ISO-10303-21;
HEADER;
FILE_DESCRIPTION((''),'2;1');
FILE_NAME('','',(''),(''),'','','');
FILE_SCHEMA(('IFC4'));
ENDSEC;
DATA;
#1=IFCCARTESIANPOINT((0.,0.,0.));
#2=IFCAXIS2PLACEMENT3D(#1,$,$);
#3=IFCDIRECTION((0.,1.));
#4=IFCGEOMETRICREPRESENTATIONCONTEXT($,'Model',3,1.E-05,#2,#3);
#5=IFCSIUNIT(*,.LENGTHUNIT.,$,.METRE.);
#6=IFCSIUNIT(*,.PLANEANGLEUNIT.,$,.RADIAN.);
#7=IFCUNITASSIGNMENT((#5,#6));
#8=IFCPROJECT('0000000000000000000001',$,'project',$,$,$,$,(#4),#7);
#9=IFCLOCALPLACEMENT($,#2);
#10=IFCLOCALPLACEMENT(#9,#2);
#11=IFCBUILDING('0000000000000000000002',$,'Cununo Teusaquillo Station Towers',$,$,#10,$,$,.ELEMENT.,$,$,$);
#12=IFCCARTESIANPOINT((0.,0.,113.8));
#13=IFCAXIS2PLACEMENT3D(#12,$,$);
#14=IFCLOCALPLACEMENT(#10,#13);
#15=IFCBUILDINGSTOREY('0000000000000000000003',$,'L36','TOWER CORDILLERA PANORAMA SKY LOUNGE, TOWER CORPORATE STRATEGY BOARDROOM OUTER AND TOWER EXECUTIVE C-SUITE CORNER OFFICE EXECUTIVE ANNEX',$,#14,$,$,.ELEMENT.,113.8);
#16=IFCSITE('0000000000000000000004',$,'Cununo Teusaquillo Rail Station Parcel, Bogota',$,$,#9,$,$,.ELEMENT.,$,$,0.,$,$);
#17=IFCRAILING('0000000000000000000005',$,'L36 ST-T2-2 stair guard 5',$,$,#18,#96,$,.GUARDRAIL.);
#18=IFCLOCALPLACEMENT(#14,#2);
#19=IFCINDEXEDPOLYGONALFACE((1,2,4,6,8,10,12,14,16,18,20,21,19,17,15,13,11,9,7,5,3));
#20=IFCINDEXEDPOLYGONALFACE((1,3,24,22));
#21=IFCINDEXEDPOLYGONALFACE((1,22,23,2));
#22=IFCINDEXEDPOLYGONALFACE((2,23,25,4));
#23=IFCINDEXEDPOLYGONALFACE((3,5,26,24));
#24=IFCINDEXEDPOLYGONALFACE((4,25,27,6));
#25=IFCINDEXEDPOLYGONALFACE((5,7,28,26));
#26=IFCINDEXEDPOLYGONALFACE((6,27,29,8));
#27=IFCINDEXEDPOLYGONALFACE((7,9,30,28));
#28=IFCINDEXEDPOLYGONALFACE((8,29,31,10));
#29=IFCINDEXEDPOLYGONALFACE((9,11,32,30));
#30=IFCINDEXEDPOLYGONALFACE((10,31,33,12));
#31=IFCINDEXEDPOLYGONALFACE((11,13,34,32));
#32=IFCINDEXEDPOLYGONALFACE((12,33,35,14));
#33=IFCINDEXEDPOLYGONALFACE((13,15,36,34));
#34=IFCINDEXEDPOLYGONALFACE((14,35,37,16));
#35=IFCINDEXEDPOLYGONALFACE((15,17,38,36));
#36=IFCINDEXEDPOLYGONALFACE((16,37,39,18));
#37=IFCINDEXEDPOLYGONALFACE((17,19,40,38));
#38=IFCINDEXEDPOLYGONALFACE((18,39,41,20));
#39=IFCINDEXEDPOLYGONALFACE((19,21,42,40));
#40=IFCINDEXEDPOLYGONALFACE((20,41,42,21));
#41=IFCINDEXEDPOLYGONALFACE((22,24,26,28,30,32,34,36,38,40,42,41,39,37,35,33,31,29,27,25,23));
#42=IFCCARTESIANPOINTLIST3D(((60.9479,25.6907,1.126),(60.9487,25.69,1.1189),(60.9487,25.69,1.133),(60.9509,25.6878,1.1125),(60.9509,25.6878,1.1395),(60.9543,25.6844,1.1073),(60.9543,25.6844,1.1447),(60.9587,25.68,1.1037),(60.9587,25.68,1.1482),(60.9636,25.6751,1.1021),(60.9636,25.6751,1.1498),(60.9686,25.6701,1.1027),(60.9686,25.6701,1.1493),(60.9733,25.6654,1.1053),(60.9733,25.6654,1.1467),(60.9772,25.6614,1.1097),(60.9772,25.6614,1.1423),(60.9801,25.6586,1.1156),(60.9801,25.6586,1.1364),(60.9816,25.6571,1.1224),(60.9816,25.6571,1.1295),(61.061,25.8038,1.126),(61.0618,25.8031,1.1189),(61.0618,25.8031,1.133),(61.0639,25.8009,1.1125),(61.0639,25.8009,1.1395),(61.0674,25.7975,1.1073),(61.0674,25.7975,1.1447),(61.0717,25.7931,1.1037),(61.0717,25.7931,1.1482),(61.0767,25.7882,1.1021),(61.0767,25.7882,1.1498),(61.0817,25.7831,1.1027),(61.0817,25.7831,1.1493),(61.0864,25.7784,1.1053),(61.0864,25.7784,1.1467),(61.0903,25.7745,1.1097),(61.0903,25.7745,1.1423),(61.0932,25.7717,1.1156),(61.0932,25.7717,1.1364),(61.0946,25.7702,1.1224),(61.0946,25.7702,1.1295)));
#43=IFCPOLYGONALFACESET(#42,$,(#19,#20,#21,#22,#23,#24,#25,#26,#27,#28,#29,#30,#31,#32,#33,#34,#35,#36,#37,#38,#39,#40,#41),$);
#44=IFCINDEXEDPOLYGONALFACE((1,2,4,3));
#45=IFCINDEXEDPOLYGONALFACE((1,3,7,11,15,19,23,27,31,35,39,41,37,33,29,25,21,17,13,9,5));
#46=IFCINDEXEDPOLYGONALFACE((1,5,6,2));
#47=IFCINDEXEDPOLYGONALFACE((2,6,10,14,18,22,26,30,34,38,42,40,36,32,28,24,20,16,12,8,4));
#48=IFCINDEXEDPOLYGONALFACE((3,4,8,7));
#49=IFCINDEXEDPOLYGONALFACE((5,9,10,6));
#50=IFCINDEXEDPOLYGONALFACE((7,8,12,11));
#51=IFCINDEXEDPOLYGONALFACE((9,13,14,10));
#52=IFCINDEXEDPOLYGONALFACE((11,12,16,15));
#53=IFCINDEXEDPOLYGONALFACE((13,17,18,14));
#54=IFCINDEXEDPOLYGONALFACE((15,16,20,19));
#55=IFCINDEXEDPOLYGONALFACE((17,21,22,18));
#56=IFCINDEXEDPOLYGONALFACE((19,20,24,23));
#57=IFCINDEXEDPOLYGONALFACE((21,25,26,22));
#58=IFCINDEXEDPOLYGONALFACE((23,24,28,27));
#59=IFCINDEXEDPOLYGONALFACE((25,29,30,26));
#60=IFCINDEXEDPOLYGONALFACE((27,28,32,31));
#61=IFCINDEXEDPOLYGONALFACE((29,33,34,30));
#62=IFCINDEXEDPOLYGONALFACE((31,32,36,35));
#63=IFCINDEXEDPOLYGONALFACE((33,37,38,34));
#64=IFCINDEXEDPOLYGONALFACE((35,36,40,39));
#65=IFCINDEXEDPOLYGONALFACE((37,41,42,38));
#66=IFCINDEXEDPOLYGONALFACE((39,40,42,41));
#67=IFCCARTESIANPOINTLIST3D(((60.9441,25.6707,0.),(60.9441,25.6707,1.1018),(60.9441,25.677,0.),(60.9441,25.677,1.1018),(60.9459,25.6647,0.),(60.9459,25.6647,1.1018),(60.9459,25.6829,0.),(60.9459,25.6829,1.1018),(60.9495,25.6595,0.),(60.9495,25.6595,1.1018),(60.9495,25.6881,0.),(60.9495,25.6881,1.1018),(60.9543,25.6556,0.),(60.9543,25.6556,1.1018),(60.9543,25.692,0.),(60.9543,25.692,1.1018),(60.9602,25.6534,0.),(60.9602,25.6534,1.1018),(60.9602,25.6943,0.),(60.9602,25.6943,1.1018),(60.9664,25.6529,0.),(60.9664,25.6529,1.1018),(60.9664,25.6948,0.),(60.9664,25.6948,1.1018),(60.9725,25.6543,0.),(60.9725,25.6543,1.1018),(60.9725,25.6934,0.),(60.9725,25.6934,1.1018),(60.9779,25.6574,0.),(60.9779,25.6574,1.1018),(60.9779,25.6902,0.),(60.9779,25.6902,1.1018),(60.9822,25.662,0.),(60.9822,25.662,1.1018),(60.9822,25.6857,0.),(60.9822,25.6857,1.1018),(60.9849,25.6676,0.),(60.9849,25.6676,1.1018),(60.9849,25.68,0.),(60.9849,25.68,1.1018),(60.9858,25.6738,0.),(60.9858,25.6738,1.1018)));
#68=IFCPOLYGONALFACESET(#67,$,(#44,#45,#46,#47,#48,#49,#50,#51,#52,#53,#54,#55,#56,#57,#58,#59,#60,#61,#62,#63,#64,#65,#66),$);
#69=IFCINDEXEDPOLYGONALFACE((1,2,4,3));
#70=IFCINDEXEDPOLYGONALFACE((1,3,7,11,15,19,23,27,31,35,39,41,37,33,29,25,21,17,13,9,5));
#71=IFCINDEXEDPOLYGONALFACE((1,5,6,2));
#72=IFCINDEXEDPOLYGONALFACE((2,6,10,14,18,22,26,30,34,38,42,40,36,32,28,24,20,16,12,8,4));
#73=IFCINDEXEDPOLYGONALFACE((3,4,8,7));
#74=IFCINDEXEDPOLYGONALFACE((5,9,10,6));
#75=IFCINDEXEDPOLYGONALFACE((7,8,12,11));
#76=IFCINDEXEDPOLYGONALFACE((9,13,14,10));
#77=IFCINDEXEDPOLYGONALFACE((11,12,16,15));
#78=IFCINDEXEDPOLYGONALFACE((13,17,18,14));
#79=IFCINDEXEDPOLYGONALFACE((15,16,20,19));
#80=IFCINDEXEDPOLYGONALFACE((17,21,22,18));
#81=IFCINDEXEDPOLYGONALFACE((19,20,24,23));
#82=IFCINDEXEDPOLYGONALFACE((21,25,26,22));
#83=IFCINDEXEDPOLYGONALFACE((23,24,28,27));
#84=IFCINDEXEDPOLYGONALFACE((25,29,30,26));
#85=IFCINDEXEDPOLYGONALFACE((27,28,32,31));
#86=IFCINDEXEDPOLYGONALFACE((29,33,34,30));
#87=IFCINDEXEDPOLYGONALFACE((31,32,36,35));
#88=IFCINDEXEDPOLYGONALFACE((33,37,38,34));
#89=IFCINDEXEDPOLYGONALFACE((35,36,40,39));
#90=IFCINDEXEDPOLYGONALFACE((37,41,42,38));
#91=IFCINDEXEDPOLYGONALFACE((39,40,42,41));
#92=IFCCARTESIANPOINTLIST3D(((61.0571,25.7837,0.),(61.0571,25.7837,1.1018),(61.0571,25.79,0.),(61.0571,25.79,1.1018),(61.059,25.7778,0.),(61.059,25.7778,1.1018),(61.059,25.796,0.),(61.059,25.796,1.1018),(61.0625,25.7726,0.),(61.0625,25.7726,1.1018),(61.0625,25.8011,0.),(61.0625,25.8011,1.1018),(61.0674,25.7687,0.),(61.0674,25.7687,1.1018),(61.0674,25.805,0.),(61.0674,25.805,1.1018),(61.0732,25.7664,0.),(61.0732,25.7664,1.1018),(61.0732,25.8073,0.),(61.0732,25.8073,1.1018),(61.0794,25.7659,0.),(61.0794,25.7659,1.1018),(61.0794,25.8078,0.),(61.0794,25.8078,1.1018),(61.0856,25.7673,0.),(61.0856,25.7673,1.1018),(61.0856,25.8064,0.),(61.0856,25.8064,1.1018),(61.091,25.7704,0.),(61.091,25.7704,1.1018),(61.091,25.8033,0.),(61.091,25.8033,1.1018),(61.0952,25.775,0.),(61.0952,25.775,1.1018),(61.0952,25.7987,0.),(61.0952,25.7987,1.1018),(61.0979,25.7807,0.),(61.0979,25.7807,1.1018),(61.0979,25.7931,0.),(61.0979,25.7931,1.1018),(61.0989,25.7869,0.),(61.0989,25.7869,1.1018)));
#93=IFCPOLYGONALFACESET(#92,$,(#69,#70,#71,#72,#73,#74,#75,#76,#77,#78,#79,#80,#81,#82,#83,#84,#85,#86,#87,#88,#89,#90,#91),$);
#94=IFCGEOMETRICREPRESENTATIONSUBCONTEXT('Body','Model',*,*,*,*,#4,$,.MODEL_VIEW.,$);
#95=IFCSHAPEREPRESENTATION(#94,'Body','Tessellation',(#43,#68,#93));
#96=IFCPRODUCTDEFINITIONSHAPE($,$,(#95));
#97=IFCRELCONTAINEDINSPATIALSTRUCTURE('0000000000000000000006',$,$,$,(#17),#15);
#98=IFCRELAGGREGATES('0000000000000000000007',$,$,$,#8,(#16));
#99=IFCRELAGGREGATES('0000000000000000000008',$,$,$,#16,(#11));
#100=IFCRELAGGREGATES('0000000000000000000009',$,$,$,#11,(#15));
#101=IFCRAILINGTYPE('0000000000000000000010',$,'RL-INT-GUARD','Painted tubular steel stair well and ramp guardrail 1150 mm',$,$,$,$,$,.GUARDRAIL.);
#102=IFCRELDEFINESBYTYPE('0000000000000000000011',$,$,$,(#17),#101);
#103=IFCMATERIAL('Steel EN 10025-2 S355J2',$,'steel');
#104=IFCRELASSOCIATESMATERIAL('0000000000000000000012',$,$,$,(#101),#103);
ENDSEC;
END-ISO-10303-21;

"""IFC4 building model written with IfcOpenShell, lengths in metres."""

from ifc_helpers import new_model, si_unit, direction, frame, origin, origin_2d, place, context, subcontext, project, spatial, circle, extrude, material, type_object, element, save


model = new_model("IFC4")

# Units and contexts
model_context = context("Model", 3, precision=1e-05, world=origin(), true_north=direction((0.0, 1.0)))
body_context = subcontext(model_context, "Body", "Model", "MODEL_VIEW")
ifc_project = project(units=[si_unit("LENGTHUNIT", "METRE"), si_unit("PLANEANGLEUNIT", "RADIAN")], contexts=[model_context])

# Site, building, storey
site_placement = place(None, origin())
site = spatial("IfcSite", under=ifc_project, at=site_placement, Name="Cununo Teusaquillo Rail Station Parcel, Bogota", CompositionType="ELEMENT", RefElevation=0.0)
building_placement = place(site_placement, origin())
building = spatial("IfcBuilding", under=site, at=building_placement, Name="Cununo Teusaquillo Station Towers", CompositionType="ELEMENT")
storey_placement = place(building_placement, frame((0.0, 0.0, 113.8)))
storey = spatial("IfcBuildingStorey", under=building, at=storey_placement, Name="L36", Description="TOWER CORDILLERA PANORAMA SKY LOUNGE, TOWER CORPORATE STRATEGY BOARDROOM OUTER AND TOWER EXECUTIVE C-SUITE CORNER OFFICE EXECUTIVE ANNEX", CompositionType="ELEMENT", Elevation=113.8)

# Railing
ifc_material_1 = material(Name="Steel EN 10025-2 S355J2", Category="steel")
railing_type_1 = type_object("IfcRailingType", Name="RL-INT-GUARD", Description="Painted tubular steel stair well and ramp guardrail 1150 mm", PredefinedType="GUARDRAIL", material=ifc_material_1)
railing_1_placement = place(storey_placement, frame((60.9648, 25.6738, 0.0)))
element("IfcRailing", 1, at=railing_1_placement, inside=storey, type_object=railing_type_1, Name="L36 ST-T2-2 stair guard 5", PredefinedType="GUARDRAIL", context=body_context, shape_type="SweptSolid", body=[
    extrude(circle(Radius=0.0239, at=origin_2d()), frame((0.0, 0.0, 1.126), z_axis=(0.707107, 0.707107, 0.0), x_axis=(-0.707107, 0.707107, 0.0)), (0.0, 0.0, 1.0), 0.1599),
    extrude(circle(Radius=0.021, at=origin_2d()), origin(), (0.0, 0.0, 1.0), 1.1018),
    extrude(circle(Radius=0.021, at=origin_2d()), frame((0.113, 0.113, 0.0)), (0.0, 0.0, 1.0), 1.1018),
])

save(model, "model.ifc")
